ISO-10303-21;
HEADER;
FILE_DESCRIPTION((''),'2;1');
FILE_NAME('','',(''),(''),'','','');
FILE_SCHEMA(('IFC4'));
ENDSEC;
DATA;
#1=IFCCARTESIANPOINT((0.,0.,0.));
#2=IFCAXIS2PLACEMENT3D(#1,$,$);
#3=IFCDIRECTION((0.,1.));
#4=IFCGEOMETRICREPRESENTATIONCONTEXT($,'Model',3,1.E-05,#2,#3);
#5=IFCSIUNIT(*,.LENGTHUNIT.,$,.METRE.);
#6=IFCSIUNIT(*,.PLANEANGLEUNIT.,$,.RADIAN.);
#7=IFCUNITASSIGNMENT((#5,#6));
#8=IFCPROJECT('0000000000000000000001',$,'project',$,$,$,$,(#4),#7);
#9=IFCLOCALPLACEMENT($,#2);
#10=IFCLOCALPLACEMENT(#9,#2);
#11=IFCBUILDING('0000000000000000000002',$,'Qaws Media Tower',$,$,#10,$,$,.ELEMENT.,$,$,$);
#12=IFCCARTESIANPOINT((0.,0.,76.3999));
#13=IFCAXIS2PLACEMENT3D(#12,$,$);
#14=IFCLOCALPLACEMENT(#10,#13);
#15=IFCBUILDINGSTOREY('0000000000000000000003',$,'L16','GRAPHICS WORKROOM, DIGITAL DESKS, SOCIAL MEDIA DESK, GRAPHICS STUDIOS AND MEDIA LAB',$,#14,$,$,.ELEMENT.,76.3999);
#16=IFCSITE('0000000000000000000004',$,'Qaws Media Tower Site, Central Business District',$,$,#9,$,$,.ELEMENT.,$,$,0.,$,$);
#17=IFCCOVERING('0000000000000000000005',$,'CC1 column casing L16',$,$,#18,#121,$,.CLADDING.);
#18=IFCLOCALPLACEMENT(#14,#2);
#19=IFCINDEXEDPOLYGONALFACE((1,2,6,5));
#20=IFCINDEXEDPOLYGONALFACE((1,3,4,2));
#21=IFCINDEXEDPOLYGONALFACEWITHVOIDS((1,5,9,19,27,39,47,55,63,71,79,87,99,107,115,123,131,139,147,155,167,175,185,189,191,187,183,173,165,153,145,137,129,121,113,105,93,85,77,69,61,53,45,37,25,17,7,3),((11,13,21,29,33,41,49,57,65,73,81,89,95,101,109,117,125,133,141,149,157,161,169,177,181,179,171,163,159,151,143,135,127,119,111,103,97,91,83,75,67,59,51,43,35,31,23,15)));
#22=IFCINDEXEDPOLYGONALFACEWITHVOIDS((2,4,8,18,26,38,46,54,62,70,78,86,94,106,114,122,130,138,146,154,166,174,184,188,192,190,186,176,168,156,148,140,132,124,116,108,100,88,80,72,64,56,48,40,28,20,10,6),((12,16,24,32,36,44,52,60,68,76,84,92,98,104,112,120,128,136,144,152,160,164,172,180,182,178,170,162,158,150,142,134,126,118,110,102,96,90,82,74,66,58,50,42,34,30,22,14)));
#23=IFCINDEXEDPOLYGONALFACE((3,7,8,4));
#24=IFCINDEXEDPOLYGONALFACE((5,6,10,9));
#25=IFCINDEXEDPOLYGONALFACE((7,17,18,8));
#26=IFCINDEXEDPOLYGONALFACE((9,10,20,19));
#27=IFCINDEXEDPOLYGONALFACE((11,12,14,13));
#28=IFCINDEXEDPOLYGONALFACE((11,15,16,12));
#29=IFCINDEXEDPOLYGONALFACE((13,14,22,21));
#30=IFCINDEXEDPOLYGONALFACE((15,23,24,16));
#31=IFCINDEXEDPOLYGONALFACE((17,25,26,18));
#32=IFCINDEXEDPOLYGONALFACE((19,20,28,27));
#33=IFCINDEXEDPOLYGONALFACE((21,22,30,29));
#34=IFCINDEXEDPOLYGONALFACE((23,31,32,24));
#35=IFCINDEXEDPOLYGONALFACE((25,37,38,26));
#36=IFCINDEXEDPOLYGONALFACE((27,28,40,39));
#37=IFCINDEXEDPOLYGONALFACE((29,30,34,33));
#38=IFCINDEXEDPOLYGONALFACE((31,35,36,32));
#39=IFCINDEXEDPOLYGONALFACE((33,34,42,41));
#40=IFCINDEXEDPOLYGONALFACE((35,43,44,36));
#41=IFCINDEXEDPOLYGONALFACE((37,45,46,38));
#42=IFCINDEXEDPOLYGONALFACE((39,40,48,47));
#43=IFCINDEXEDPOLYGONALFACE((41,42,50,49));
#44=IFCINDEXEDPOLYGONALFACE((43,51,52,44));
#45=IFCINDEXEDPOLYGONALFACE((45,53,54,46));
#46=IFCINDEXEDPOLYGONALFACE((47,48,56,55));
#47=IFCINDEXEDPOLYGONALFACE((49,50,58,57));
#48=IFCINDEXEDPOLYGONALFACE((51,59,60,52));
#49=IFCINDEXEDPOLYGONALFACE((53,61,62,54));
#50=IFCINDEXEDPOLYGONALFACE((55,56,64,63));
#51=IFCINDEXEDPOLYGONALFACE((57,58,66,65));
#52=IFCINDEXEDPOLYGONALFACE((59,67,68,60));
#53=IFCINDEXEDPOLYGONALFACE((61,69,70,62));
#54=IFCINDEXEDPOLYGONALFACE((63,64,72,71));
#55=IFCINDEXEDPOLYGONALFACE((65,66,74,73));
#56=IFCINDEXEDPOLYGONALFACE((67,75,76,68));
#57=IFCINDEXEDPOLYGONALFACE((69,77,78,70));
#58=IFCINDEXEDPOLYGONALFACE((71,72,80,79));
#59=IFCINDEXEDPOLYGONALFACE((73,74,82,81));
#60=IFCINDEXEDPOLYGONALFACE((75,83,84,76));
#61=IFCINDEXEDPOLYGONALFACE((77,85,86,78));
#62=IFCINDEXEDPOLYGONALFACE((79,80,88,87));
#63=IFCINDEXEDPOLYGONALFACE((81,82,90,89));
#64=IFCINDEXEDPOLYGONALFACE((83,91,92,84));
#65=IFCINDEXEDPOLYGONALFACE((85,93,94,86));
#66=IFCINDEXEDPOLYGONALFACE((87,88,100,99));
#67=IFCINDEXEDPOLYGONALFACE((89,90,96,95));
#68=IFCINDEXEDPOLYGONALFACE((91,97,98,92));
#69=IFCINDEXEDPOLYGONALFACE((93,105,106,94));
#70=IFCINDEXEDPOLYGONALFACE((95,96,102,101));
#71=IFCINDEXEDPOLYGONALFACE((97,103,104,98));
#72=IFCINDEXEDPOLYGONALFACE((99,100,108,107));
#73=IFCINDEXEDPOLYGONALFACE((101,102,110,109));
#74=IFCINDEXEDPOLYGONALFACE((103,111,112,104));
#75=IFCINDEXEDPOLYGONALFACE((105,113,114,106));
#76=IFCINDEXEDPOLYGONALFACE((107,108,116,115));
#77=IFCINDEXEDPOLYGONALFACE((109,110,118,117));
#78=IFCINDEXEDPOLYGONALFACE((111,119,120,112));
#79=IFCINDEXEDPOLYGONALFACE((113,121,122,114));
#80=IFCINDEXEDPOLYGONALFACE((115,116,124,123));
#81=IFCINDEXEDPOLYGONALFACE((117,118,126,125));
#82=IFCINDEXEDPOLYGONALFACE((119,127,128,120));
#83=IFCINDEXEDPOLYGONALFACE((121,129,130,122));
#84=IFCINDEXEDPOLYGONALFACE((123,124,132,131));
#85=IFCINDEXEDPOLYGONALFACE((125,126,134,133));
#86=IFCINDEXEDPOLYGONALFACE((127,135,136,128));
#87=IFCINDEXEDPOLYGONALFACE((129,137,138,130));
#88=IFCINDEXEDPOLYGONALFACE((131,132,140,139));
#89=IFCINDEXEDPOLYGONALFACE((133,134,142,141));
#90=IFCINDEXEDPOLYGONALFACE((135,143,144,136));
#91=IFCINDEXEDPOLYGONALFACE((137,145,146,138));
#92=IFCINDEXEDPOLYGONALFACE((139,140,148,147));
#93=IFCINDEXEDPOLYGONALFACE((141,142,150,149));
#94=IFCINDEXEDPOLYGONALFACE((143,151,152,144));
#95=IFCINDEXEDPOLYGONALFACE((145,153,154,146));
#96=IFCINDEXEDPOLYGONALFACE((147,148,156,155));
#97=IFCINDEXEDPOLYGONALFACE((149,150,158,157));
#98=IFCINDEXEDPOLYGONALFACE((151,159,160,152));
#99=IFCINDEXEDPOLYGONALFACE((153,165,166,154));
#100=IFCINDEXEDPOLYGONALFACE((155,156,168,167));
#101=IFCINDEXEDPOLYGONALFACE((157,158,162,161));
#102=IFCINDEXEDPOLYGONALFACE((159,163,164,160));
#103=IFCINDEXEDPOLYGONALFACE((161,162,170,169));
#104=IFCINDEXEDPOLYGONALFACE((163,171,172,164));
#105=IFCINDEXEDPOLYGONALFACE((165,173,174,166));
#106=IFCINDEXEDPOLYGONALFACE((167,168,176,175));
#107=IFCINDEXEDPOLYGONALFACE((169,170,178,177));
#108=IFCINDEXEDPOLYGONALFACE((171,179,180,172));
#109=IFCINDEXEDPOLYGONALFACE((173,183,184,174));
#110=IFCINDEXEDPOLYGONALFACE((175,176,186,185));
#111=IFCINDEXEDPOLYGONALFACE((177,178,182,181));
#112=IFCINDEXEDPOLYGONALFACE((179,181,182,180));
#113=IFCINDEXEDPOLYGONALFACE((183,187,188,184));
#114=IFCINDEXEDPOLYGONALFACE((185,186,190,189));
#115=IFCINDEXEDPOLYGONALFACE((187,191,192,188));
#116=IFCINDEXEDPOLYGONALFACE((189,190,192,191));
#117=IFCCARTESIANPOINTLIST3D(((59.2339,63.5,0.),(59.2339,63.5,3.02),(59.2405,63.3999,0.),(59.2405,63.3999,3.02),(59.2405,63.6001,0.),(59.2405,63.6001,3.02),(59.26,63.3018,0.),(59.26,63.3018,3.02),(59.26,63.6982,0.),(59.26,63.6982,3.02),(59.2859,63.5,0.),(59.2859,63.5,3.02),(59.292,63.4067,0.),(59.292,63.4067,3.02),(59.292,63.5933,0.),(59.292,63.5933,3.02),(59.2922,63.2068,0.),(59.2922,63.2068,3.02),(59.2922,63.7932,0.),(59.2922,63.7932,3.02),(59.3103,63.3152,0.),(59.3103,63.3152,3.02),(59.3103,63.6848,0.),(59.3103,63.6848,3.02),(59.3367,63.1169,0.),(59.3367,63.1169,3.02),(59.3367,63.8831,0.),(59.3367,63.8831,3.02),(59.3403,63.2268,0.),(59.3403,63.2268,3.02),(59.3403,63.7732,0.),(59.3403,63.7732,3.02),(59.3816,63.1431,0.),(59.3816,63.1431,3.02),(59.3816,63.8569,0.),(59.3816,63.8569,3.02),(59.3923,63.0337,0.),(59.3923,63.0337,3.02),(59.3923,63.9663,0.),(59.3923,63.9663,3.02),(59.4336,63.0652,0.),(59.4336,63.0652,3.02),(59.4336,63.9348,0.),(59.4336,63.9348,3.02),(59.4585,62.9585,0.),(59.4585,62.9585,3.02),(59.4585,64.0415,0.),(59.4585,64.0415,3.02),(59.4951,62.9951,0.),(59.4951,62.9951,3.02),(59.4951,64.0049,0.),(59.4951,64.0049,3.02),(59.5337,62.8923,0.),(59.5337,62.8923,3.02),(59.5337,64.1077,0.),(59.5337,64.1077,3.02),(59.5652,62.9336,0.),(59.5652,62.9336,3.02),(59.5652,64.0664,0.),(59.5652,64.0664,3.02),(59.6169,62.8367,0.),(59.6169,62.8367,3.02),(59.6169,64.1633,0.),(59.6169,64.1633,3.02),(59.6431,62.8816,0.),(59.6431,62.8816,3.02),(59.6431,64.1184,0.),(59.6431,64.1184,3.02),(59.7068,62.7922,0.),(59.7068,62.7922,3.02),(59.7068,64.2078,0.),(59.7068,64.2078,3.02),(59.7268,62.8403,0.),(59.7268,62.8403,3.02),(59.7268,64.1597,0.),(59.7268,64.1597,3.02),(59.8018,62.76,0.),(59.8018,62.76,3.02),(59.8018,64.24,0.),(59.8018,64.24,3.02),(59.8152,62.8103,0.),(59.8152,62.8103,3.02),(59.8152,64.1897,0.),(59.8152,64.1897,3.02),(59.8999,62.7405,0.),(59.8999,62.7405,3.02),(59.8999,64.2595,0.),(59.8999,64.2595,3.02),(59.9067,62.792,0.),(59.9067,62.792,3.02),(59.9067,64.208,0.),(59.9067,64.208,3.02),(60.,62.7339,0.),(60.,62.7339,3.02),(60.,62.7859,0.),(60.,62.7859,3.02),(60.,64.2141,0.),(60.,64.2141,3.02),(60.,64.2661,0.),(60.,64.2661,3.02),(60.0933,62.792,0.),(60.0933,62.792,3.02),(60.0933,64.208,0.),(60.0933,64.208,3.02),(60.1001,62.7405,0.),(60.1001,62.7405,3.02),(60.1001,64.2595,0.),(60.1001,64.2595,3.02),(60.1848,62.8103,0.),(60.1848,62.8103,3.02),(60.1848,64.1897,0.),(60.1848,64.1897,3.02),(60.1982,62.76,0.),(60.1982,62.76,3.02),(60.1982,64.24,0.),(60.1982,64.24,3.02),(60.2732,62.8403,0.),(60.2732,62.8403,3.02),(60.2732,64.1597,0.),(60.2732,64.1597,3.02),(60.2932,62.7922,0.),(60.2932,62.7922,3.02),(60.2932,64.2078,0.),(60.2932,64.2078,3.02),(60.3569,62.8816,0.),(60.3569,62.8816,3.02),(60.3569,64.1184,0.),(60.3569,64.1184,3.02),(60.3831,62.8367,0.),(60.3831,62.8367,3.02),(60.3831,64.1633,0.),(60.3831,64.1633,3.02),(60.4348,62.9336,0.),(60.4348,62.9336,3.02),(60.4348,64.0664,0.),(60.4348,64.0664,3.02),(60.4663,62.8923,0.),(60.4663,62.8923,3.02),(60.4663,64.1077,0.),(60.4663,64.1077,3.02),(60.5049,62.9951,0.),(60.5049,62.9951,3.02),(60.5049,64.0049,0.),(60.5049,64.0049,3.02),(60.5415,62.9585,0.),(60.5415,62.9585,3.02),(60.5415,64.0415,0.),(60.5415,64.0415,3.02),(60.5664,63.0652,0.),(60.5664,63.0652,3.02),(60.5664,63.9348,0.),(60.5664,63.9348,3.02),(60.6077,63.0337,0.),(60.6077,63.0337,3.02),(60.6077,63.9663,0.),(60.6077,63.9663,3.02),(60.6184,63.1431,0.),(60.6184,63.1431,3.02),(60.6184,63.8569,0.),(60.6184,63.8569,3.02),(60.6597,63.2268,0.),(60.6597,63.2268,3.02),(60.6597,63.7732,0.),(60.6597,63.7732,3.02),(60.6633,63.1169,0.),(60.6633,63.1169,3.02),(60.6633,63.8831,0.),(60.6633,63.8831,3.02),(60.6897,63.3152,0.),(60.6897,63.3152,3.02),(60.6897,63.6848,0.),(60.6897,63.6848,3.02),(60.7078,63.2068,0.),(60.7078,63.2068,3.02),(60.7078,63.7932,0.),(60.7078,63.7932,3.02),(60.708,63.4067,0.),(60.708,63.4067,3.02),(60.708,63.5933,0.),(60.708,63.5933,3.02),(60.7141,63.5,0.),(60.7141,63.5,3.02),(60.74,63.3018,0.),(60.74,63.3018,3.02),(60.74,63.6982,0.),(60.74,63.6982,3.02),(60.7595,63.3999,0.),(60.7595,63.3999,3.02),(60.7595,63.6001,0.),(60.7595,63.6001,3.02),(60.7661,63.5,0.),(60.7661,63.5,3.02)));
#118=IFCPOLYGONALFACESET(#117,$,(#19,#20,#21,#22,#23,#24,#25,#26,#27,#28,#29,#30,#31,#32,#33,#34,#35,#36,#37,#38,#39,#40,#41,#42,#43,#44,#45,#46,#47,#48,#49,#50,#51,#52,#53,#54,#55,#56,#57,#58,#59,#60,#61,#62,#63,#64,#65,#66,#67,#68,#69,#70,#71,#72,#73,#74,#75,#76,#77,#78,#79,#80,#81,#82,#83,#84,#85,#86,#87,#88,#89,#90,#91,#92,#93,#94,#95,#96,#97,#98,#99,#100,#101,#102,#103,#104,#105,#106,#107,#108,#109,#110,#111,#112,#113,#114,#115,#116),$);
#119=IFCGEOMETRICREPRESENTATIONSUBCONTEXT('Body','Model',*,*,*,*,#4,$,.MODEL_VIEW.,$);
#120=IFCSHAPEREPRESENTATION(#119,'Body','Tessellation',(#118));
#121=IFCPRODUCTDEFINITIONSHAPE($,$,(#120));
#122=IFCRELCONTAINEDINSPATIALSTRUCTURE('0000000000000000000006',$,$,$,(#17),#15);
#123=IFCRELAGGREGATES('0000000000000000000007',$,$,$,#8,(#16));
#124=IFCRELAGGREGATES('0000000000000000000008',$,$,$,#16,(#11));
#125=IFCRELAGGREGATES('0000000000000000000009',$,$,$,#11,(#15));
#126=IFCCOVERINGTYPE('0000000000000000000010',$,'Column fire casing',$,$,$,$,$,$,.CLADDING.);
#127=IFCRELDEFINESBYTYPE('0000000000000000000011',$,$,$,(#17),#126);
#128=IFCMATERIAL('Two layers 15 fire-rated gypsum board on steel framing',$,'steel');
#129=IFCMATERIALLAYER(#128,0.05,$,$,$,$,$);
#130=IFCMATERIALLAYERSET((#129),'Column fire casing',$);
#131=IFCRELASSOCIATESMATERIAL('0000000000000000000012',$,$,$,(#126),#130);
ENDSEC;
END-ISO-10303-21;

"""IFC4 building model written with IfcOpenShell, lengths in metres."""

from ifc_helpers import new_model, si_unit, direction, frame, origin, place, context, subcontext, project, spatial, polyline, outline, extrude, material, layer, layer_set, type_object, element, save


model = new_model("IFC4")

# Units and contexts
model_context = context("Model", 3, precision=1e-05, world=origin(), true_north=direction((0.0, 1.0)))
body_context = subcontext(model_context, "Body", "Model", "MODEL_VIEW")
ifc_project = project(units=[si_unit("LENGTHUNIT", "METRE"), si_unit("PLANEANGLEUNIT", "RADIAN")], contexts=[model_context])

# Site, building, storey
site_placement = place(None, origin())
site = spatial("IfcSite", under=ifc_project, at=site_placement, Name="Qaws Media Tower Site, Central Business District", CompositionType="ELEMENT", RefElevation=0.0)
building_placement = place(site_placement, origin())
building = spatial("IfcBuilding", under=site, at=building_placement, Name="Qaws Media Tower", CompositionType="ELEMENT")
storey_placement = place(building_placement, frame((0.0, 0.0, 76.3999)))
storey = spatial("IfcBuildingStorey", under=building, at=storey_placement, Name="L16", Description="GRAPHICS WORKROOM, DIGITAL DESKS, SOCIAL MEDIA DESK, GRAPHICS STUDIOS AND MEDIA LAB", CompositionType="ELEMENT", Elevation=76.3999)

# Covering
ifc_material_1 = material(Name="Two layers 15 fire-rated gypsum board on steel framing", Category="steel")
ifc_layer_1 = layer(ifc_material_1, 0.05)
ifc_layer_set_1 = layer_set([ifc_layer_1], Name="Column fire casing")
covering_type_1 = type_object("IfcCoveringType", Name="Column fire casing", PredefinedType="CLADDING", material=ifc_layer_set_1)
covering_1_placement = place(storey_placement, origin())
element("IfcCovering", 1, at=covering_1_placement, inside=storey, type_object=covering_type_1, Name="CC1 column casing L16", PredefinedType="CLADDING", context=body_context, shape_type="SweptSolid", body=[
    extrude(outline(polyline([(60.7661, 63.5), (60.7595, 63.3999), (60.74, 63.3018), (60.7078, 63.2068), (60.6633, 63.1169), (60.6077, 63.0337), (60.5415, 62.9585), (60.4663, 62.8923), (60.3831, 62.8367), (60.2932, 62.7922), (60.1982, 62.76), (60.1001, 62.7405), (60.0, 62.7339), (59.8999, 62.7405), (59.8018, 62.76), (59.7068, 62.7922), (59.6169, 62.8367), (59.5337, 62.8923), (59.4585, 62.9585), (59.3923, 63.0337), (59.3367, 63.1169), (59.2922, 63.2068), (59.26, 63.3018), (59.2405, 63.3999), (59.2339, 63.5), (59.2405, 63.6001), (59.26, 63.6982), (59.2922, 63.7932), (59.3367, 63.8831), (59.3923, 63.9663), (59.4585, 64.0415), (59.5337, 64.1077), (59.6169, 64.1633), (59.7068, 64.2078), (59.8018, 64.24), (59.8999, 64.2595), (60.0, 64.2661), (60.1001, 64.2595), (60.1982, 64.24), (60.2932, 64.2078), (60.3831, 64.1633), (60.4663, 64.1077), (60.5415, 64.0415), (60.6077, 63.9663), (60.6633, 63.8831), (60.7078, 63.7932), (60.74, 63.6982), (60.7595, 63.6001), (60.7661, 63.5)]), holes=[polyline([(60.7141, 63.5), (60.708, 63.4067), (60.6897, 63.3152), (60.6597, 63.2268), (60.6184, 63.1431), (60.5664, 63.0652), (60.5049, 62.9951), (60.4348, 62.9336), (60.3569, 62.8816), (60.2732, 62.8403), (60.1848, 62.8103), (60.0933, 62.792), (60.0, 62.7859), (59.9067, 62.792), (59.8152, 62.8103), (59.7268, 62.8403), (59.6431, 62.8816), (59.5652, 62.9336), (59.4951, 62.9951), (59.4336, 63.0652), (59.3816, 63.1431), (59.3403, 63.2268), (59.3103, 63.3152), (59.292, 63.4067), (59.2859, 63.5), (59.292, 63.5933), (59.3103, 63.6848), (59.3403, 63.7732), (59.3816, 63.8569), (59.4336, 63.9348), (59.4951, 64.0049), (59.5652, 64.0664), (59.6431, 64.1184), (59.7268, 64.1597), (59.8152, 64.1897), (59.9067, 64.208), (60.0, 64.2141), (60.0933, 64.208), (60.1848, 64.1897), (60.2732, 64.1597), (60.3569, 64.1184), (60.4348, 64.0664), (60.5049, 64.0049), (60.5664, 63.9348), (60.6184, 63.8569), (60.6597, 63.7732), (60.6897, 63.6848), (60.708, 63.5933), (60.7141, 63.5)])]), origin(), (0.0, 0.0, 1.0), 3.02),
])

save(model, "model.ifc")
